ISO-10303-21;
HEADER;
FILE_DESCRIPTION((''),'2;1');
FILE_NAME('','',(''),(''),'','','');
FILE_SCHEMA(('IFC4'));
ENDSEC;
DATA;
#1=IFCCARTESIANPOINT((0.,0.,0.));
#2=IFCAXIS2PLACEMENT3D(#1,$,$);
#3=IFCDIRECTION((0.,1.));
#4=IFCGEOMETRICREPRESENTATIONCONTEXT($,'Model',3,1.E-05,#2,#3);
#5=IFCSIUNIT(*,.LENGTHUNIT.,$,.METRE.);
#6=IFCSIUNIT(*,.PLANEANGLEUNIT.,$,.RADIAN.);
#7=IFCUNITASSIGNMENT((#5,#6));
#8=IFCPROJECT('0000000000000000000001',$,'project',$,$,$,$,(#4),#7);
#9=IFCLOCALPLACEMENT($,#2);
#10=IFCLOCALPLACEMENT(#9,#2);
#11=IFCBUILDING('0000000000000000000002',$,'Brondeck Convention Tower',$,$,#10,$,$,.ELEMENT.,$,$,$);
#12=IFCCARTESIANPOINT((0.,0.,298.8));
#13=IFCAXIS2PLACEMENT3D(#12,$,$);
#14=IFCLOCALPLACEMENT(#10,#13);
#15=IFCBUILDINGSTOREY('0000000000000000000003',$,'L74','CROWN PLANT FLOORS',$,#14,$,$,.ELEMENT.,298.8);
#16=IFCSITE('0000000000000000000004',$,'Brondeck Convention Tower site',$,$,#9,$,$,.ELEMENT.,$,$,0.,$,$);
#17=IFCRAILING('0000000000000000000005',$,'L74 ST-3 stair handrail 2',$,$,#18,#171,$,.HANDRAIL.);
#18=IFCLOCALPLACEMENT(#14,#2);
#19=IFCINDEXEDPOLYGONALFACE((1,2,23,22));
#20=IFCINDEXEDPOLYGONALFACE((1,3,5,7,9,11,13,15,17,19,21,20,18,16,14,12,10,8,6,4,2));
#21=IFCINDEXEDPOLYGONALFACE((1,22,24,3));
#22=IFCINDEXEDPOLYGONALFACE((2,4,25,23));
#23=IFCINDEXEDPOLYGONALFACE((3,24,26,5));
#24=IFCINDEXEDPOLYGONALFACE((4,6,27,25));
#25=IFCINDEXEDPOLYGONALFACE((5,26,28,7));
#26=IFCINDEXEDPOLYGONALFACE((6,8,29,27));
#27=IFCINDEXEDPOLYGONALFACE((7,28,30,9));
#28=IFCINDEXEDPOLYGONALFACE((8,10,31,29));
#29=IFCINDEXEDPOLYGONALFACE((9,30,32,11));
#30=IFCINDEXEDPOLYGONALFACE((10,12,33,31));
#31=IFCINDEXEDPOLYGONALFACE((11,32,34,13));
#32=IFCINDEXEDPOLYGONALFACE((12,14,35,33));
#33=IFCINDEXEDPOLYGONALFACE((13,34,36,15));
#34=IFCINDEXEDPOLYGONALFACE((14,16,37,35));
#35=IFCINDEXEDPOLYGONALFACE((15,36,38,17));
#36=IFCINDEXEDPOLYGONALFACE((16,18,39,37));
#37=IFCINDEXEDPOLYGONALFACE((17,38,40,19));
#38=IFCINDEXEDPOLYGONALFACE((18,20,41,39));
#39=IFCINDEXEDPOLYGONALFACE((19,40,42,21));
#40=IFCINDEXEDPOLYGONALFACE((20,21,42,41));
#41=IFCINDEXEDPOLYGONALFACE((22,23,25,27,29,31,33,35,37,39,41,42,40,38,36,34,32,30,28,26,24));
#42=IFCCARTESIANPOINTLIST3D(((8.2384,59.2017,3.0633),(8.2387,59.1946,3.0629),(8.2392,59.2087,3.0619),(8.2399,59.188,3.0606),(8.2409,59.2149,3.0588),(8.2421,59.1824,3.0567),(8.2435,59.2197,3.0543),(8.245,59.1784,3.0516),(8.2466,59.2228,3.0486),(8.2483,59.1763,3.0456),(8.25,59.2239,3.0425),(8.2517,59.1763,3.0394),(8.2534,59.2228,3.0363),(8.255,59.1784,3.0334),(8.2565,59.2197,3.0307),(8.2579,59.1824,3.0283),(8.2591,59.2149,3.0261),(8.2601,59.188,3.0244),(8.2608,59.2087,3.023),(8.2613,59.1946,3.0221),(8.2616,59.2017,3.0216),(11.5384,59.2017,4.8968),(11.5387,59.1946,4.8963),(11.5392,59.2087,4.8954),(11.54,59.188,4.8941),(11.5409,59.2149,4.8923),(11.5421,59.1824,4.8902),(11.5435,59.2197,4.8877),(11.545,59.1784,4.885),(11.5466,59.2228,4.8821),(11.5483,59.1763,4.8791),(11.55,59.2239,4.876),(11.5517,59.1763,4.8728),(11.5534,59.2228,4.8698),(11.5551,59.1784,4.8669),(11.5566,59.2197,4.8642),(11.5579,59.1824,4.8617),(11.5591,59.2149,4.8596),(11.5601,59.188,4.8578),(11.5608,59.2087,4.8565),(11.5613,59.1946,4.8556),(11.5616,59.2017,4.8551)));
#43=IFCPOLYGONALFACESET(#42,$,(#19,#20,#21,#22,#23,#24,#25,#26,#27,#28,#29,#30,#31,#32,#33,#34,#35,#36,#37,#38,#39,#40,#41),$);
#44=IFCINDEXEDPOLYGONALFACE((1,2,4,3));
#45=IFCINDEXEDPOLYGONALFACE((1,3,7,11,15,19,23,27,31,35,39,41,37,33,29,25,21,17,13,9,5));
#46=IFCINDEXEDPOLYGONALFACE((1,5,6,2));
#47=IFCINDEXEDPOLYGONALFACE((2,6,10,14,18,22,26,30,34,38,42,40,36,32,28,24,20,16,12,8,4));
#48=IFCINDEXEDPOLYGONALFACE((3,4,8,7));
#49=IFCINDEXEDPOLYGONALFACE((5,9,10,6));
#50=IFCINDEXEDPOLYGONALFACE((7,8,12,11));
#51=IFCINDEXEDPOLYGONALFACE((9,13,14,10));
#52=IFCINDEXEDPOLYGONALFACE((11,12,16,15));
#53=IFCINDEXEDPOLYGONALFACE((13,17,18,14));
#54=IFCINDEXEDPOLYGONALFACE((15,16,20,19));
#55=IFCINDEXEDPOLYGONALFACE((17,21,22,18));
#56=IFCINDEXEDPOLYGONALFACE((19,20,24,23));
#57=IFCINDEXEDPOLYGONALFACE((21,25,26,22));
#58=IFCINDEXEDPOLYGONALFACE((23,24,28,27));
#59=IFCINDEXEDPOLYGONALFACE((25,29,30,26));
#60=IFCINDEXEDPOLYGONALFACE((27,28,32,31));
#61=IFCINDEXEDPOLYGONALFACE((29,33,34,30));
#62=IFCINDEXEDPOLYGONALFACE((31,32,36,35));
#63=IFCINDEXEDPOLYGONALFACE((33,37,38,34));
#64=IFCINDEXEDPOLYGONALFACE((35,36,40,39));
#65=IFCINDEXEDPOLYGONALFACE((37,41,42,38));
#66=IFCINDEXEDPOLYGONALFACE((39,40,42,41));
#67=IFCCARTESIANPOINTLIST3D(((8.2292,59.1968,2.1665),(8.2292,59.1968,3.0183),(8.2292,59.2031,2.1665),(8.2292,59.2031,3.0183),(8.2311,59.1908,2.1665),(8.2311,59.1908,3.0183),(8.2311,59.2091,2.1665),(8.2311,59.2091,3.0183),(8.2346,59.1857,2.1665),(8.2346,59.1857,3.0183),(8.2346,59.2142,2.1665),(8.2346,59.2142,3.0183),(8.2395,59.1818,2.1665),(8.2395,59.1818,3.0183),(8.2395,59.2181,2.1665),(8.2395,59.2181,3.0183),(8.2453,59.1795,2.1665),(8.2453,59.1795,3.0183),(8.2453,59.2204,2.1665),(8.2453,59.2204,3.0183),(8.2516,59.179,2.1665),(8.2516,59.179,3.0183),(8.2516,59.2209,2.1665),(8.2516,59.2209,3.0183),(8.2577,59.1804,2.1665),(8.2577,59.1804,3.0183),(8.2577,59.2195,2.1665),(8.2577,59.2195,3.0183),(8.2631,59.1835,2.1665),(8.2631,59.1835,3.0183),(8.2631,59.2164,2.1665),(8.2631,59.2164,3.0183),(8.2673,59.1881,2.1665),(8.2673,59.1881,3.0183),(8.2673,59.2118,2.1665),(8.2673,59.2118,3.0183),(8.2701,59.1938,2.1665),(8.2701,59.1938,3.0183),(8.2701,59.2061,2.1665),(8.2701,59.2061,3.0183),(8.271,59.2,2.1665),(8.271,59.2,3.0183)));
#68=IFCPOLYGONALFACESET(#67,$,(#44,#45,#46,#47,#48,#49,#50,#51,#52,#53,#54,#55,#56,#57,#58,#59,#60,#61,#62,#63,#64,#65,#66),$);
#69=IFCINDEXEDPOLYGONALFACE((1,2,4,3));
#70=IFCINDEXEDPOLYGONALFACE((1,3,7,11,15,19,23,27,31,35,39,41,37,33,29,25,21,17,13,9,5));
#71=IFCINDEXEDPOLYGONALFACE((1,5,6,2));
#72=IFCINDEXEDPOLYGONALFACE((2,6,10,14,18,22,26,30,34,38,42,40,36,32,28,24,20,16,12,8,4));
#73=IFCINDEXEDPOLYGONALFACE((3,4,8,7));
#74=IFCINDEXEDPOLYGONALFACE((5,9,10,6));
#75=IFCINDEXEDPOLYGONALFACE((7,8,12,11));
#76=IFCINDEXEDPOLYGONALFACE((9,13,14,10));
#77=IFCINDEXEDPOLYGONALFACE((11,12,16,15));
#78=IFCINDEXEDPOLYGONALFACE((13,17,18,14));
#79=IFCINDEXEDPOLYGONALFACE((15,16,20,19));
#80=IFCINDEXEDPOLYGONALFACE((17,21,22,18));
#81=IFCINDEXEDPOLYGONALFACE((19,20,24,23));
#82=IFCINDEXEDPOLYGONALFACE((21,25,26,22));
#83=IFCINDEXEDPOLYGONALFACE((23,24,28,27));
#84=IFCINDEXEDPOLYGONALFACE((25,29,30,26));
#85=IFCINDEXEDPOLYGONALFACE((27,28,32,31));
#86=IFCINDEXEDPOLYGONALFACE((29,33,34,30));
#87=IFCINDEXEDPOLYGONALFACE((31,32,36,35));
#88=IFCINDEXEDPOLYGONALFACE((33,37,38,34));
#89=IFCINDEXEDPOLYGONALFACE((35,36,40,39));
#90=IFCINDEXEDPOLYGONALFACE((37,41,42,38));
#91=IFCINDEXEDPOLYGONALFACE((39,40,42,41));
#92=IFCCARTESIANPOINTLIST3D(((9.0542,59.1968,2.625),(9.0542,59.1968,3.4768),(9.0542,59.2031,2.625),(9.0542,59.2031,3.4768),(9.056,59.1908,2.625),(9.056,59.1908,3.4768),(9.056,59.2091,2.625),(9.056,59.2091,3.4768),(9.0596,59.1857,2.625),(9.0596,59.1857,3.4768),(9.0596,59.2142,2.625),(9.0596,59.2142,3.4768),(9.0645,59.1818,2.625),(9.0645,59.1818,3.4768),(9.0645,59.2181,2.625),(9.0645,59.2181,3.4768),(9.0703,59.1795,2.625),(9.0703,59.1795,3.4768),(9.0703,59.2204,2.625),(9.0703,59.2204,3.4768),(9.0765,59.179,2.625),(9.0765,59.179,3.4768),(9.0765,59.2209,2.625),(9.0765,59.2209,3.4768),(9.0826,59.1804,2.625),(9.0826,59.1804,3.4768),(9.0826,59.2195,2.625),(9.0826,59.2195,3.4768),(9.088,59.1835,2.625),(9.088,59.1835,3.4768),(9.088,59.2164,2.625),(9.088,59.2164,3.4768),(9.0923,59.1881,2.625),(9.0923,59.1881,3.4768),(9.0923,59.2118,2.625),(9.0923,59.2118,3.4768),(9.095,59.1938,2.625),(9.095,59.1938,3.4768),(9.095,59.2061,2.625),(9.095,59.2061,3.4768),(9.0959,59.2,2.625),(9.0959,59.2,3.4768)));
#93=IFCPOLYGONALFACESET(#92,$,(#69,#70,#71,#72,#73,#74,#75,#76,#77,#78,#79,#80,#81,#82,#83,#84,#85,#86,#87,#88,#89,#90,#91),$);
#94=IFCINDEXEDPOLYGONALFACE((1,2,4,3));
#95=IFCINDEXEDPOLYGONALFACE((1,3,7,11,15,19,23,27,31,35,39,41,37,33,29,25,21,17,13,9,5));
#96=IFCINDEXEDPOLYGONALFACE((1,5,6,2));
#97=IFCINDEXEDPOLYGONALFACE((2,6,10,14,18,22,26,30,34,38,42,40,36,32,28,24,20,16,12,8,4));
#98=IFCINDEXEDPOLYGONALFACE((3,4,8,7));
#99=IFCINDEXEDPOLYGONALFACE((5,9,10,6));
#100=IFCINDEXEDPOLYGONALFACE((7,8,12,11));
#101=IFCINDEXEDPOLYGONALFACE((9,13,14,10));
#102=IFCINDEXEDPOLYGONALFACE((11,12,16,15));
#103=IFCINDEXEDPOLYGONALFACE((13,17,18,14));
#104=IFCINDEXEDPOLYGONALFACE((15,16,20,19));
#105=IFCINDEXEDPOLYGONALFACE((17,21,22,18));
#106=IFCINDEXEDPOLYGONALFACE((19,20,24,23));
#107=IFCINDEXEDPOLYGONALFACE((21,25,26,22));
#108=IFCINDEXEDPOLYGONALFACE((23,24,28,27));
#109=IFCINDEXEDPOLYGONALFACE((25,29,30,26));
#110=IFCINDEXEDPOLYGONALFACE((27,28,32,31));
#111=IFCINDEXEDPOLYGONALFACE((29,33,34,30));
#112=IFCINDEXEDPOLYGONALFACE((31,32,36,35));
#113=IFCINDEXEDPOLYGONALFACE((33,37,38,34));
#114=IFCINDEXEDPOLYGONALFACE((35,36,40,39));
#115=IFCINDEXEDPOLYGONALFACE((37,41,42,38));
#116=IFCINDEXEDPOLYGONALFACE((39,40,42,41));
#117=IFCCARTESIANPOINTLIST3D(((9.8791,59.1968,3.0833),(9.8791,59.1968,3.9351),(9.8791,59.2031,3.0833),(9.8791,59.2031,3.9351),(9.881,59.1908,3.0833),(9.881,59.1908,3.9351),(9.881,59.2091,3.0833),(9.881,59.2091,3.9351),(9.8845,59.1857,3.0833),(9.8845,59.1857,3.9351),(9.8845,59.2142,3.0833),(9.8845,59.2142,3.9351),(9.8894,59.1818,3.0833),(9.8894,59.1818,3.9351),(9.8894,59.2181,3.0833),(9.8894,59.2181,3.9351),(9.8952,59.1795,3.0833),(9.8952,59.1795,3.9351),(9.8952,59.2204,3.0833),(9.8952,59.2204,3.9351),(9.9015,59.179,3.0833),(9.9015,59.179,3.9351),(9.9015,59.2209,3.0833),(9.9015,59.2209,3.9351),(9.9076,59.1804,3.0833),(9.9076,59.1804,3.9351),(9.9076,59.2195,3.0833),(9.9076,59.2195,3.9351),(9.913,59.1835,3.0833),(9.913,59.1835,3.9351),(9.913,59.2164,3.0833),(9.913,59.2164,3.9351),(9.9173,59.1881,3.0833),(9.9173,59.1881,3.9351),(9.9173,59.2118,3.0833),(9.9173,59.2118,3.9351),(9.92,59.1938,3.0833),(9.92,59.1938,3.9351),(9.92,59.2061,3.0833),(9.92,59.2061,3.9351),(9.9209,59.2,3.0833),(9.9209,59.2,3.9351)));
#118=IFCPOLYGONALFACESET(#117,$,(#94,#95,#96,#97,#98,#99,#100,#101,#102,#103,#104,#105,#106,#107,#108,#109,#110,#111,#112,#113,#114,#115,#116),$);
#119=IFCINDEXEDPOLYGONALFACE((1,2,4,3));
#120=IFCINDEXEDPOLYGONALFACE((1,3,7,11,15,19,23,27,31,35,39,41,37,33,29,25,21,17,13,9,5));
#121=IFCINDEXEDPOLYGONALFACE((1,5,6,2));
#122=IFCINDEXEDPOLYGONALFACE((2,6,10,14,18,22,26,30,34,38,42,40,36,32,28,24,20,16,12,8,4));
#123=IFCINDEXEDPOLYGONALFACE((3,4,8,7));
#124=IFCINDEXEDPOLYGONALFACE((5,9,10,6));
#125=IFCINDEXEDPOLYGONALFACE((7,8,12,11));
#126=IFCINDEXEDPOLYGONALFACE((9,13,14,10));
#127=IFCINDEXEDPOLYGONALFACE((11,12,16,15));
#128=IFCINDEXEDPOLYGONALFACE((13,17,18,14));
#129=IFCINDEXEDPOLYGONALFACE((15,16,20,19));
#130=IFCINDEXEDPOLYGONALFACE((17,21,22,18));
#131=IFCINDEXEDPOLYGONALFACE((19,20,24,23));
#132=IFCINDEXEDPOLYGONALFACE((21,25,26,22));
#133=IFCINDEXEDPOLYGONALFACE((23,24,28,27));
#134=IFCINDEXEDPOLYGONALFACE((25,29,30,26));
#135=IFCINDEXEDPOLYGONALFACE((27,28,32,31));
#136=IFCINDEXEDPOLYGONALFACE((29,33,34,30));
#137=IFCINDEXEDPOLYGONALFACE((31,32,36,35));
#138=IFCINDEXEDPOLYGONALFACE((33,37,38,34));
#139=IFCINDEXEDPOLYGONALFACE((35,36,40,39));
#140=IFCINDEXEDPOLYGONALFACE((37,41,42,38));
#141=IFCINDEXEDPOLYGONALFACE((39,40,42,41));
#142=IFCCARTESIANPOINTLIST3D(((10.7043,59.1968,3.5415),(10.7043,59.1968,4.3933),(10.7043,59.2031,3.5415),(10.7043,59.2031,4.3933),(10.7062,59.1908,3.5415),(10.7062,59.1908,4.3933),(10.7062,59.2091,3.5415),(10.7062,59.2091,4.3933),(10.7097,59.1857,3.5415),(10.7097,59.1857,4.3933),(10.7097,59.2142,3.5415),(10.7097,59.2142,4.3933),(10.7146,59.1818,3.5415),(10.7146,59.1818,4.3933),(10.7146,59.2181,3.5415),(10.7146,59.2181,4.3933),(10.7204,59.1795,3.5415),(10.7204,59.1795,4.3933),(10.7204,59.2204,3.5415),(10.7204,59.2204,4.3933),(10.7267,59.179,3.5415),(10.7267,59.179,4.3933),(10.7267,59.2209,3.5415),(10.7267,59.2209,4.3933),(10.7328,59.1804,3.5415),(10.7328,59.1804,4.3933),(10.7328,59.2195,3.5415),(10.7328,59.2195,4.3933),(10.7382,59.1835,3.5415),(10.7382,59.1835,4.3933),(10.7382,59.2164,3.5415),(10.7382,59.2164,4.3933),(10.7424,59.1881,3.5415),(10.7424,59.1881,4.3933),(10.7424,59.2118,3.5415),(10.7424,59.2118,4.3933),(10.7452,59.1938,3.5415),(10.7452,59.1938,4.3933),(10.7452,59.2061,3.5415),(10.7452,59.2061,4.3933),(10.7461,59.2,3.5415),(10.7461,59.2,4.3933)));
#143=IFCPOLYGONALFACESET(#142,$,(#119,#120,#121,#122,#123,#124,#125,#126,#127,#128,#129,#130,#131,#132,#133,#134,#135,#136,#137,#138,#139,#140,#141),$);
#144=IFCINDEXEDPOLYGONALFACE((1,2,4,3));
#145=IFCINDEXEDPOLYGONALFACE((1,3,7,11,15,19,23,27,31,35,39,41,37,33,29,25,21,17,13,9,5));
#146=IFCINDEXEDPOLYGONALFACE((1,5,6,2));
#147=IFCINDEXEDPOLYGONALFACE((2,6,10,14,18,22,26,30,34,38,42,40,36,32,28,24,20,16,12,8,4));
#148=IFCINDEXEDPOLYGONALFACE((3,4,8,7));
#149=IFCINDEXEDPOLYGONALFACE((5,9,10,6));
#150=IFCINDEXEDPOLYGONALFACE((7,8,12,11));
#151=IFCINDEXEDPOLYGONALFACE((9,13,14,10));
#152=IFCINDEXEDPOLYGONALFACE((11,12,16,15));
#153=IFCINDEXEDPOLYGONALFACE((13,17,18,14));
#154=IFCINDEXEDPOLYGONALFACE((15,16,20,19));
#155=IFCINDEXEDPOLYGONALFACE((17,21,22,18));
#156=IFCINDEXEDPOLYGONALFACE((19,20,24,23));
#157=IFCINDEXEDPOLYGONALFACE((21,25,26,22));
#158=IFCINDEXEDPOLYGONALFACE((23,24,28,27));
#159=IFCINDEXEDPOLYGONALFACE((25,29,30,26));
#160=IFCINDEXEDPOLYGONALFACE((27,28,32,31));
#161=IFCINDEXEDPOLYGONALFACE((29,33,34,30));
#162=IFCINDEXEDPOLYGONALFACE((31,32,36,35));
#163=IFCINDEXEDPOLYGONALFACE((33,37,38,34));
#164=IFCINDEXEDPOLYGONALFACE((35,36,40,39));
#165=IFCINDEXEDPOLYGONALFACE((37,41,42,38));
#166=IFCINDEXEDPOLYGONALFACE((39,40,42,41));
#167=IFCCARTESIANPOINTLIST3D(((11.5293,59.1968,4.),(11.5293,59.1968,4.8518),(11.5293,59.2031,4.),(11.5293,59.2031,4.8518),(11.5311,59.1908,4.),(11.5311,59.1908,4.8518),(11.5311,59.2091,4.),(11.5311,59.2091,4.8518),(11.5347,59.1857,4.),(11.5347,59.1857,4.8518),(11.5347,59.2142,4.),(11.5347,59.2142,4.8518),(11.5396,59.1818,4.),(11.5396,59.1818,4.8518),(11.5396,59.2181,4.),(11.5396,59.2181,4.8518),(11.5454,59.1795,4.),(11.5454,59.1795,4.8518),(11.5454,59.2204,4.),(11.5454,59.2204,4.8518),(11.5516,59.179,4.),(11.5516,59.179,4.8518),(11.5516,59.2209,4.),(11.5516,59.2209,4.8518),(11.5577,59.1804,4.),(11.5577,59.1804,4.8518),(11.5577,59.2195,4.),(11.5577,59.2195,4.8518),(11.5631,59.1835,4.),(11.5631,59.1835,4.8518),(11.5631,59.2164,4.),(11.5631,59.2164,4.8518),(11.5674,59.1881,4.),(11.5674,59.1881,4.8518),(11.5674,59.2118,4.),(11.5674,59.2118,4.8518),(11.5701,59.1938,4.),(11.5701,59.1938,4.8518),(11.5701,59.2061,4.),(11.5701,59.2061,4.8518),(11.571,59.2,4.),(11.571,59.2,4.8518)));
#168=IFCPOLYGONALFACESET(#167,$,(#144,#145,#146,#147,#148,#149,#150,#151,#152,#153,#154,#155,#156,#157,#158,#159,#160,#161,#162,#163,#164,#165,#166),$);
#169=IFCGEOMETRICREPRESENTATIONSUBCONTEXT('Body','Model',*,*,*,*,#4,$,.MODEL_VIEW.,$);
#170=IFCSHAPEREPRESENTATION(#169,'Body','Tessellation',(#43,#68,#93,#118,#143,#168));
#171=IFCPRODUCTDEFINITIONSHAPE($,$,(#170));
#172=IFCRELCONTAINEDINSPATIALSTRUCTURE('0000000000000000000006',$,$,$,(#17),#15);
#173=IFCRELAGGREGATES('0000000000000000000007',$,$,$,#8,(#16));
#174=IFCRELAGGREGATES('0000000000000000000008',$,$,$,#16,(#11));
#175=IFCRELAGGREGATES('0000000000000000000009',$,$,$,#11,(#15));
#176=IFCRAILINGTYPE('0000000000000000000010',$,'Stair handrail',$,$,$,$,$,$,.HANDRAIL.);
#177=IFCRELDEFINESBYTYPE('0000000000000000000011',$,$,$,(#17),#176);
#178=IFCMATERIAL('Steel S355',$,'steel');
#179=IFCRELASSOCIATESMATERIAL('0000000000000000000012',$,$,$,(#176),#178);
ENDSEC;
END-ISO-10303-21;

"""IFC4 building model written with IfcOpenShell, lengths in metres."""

from ifc_helpers import new_model, si_unit, direction, frame, origin, origin_2d, place, context, subcontext, project, spatial, circle, extrude, material, type_object, element, save


model = new_model("IFC4")

# Units and contexts
model_context = context("Model", 3, precision=1e-05, world=origin(), true_north=direction((0.0, 1.0)))
body_context = subcontext(model_context, "Body", "Model", "MODEL_VIEW")
ifc_project = project(units=[si_unit("LENGTHUNIT", "METRE"), si_unit("PLANEANGLEUNIT", "RADIAN")], contexts=[model_context])

# Site, building, storey
site_placement = place(None, origin())
site = spatial("IfcSite", under=ifc_project, at=site_placement, Name="Brondeck Convention Tower site", CompositionType="ELEMENT", RefElevation=0.0)
building_placement = place(site_placement, origin())
building = spatial("IfcBuilding", under=site, at=building_placement, Name="Brondeck Convention Tower", CompositionType="ELEMENT")
storey_placement = place(building_placement, frame((0.0, 0.0, 298.8)))
storey = spatial("IfcBuildingStorey", under=building, at=storey_placement, Name="L74", Description="CROWN PLANT FLOORS", CompositionType="ELEMENT", Elevation=298.8)

# Railing
ifc_material_1 = material(Name="Steel S355", Category="steel")
railing_type_1 = type_object("IfcRailingType", Name="Stair handrail", PredefinedType="HANDRAIL", material=ifc_material_1)
railing_1_placement = place(storey_placement, frame((8.25, 59.2, 2.1665)))
element("IfcRailing", 1, at=railing_1_placement, inside=storey, type_object=railing_type_1, Name="L74 ST-3 stair handrail 2", PredefinedType="HANDRAIL", context=body_context, shape_type="SweptSolid", body=[
    extrude(circle(Radius=0.0239, at=origin_2d()), frame((0.0, 0.0, 0.876), z_axis=(0.874142, 0.0, 0.48567), x_axis=(0.0, 1.0, 0.0)), (0.0, 0.0, 1.0), 3.7751),
    extrude(circle(Radius=0.021, at=origin_2d()), origin(), (0.0, 0.0, 1.0), 0.8518),
    extrude(circle(Radius=0.021, at=origin_2d()), frame((0.825, 0.0, 0.4585)), (0.0, 0.0, 1.0), 0.8518),
    extrude(circle(Radius=0.021, at=origin_2d()), frame((1.6499, 0.0, 0.9167)), (0.0, 0.0, 1.0), 0.8518),
    extrude(circle(Radius=0.021, at=origin_2d()), frame((2.4751, 0.0, 1.375)), (0.0, 0.0, 1.0), 0.8518),
    extrude(circle(Radius=0.021, at=origin_2d()), frame((3.3, 0.0, 1.8335)), (0.0, 0.0, 1.0), 0.8518),
])

save(model, "model.ifc")
